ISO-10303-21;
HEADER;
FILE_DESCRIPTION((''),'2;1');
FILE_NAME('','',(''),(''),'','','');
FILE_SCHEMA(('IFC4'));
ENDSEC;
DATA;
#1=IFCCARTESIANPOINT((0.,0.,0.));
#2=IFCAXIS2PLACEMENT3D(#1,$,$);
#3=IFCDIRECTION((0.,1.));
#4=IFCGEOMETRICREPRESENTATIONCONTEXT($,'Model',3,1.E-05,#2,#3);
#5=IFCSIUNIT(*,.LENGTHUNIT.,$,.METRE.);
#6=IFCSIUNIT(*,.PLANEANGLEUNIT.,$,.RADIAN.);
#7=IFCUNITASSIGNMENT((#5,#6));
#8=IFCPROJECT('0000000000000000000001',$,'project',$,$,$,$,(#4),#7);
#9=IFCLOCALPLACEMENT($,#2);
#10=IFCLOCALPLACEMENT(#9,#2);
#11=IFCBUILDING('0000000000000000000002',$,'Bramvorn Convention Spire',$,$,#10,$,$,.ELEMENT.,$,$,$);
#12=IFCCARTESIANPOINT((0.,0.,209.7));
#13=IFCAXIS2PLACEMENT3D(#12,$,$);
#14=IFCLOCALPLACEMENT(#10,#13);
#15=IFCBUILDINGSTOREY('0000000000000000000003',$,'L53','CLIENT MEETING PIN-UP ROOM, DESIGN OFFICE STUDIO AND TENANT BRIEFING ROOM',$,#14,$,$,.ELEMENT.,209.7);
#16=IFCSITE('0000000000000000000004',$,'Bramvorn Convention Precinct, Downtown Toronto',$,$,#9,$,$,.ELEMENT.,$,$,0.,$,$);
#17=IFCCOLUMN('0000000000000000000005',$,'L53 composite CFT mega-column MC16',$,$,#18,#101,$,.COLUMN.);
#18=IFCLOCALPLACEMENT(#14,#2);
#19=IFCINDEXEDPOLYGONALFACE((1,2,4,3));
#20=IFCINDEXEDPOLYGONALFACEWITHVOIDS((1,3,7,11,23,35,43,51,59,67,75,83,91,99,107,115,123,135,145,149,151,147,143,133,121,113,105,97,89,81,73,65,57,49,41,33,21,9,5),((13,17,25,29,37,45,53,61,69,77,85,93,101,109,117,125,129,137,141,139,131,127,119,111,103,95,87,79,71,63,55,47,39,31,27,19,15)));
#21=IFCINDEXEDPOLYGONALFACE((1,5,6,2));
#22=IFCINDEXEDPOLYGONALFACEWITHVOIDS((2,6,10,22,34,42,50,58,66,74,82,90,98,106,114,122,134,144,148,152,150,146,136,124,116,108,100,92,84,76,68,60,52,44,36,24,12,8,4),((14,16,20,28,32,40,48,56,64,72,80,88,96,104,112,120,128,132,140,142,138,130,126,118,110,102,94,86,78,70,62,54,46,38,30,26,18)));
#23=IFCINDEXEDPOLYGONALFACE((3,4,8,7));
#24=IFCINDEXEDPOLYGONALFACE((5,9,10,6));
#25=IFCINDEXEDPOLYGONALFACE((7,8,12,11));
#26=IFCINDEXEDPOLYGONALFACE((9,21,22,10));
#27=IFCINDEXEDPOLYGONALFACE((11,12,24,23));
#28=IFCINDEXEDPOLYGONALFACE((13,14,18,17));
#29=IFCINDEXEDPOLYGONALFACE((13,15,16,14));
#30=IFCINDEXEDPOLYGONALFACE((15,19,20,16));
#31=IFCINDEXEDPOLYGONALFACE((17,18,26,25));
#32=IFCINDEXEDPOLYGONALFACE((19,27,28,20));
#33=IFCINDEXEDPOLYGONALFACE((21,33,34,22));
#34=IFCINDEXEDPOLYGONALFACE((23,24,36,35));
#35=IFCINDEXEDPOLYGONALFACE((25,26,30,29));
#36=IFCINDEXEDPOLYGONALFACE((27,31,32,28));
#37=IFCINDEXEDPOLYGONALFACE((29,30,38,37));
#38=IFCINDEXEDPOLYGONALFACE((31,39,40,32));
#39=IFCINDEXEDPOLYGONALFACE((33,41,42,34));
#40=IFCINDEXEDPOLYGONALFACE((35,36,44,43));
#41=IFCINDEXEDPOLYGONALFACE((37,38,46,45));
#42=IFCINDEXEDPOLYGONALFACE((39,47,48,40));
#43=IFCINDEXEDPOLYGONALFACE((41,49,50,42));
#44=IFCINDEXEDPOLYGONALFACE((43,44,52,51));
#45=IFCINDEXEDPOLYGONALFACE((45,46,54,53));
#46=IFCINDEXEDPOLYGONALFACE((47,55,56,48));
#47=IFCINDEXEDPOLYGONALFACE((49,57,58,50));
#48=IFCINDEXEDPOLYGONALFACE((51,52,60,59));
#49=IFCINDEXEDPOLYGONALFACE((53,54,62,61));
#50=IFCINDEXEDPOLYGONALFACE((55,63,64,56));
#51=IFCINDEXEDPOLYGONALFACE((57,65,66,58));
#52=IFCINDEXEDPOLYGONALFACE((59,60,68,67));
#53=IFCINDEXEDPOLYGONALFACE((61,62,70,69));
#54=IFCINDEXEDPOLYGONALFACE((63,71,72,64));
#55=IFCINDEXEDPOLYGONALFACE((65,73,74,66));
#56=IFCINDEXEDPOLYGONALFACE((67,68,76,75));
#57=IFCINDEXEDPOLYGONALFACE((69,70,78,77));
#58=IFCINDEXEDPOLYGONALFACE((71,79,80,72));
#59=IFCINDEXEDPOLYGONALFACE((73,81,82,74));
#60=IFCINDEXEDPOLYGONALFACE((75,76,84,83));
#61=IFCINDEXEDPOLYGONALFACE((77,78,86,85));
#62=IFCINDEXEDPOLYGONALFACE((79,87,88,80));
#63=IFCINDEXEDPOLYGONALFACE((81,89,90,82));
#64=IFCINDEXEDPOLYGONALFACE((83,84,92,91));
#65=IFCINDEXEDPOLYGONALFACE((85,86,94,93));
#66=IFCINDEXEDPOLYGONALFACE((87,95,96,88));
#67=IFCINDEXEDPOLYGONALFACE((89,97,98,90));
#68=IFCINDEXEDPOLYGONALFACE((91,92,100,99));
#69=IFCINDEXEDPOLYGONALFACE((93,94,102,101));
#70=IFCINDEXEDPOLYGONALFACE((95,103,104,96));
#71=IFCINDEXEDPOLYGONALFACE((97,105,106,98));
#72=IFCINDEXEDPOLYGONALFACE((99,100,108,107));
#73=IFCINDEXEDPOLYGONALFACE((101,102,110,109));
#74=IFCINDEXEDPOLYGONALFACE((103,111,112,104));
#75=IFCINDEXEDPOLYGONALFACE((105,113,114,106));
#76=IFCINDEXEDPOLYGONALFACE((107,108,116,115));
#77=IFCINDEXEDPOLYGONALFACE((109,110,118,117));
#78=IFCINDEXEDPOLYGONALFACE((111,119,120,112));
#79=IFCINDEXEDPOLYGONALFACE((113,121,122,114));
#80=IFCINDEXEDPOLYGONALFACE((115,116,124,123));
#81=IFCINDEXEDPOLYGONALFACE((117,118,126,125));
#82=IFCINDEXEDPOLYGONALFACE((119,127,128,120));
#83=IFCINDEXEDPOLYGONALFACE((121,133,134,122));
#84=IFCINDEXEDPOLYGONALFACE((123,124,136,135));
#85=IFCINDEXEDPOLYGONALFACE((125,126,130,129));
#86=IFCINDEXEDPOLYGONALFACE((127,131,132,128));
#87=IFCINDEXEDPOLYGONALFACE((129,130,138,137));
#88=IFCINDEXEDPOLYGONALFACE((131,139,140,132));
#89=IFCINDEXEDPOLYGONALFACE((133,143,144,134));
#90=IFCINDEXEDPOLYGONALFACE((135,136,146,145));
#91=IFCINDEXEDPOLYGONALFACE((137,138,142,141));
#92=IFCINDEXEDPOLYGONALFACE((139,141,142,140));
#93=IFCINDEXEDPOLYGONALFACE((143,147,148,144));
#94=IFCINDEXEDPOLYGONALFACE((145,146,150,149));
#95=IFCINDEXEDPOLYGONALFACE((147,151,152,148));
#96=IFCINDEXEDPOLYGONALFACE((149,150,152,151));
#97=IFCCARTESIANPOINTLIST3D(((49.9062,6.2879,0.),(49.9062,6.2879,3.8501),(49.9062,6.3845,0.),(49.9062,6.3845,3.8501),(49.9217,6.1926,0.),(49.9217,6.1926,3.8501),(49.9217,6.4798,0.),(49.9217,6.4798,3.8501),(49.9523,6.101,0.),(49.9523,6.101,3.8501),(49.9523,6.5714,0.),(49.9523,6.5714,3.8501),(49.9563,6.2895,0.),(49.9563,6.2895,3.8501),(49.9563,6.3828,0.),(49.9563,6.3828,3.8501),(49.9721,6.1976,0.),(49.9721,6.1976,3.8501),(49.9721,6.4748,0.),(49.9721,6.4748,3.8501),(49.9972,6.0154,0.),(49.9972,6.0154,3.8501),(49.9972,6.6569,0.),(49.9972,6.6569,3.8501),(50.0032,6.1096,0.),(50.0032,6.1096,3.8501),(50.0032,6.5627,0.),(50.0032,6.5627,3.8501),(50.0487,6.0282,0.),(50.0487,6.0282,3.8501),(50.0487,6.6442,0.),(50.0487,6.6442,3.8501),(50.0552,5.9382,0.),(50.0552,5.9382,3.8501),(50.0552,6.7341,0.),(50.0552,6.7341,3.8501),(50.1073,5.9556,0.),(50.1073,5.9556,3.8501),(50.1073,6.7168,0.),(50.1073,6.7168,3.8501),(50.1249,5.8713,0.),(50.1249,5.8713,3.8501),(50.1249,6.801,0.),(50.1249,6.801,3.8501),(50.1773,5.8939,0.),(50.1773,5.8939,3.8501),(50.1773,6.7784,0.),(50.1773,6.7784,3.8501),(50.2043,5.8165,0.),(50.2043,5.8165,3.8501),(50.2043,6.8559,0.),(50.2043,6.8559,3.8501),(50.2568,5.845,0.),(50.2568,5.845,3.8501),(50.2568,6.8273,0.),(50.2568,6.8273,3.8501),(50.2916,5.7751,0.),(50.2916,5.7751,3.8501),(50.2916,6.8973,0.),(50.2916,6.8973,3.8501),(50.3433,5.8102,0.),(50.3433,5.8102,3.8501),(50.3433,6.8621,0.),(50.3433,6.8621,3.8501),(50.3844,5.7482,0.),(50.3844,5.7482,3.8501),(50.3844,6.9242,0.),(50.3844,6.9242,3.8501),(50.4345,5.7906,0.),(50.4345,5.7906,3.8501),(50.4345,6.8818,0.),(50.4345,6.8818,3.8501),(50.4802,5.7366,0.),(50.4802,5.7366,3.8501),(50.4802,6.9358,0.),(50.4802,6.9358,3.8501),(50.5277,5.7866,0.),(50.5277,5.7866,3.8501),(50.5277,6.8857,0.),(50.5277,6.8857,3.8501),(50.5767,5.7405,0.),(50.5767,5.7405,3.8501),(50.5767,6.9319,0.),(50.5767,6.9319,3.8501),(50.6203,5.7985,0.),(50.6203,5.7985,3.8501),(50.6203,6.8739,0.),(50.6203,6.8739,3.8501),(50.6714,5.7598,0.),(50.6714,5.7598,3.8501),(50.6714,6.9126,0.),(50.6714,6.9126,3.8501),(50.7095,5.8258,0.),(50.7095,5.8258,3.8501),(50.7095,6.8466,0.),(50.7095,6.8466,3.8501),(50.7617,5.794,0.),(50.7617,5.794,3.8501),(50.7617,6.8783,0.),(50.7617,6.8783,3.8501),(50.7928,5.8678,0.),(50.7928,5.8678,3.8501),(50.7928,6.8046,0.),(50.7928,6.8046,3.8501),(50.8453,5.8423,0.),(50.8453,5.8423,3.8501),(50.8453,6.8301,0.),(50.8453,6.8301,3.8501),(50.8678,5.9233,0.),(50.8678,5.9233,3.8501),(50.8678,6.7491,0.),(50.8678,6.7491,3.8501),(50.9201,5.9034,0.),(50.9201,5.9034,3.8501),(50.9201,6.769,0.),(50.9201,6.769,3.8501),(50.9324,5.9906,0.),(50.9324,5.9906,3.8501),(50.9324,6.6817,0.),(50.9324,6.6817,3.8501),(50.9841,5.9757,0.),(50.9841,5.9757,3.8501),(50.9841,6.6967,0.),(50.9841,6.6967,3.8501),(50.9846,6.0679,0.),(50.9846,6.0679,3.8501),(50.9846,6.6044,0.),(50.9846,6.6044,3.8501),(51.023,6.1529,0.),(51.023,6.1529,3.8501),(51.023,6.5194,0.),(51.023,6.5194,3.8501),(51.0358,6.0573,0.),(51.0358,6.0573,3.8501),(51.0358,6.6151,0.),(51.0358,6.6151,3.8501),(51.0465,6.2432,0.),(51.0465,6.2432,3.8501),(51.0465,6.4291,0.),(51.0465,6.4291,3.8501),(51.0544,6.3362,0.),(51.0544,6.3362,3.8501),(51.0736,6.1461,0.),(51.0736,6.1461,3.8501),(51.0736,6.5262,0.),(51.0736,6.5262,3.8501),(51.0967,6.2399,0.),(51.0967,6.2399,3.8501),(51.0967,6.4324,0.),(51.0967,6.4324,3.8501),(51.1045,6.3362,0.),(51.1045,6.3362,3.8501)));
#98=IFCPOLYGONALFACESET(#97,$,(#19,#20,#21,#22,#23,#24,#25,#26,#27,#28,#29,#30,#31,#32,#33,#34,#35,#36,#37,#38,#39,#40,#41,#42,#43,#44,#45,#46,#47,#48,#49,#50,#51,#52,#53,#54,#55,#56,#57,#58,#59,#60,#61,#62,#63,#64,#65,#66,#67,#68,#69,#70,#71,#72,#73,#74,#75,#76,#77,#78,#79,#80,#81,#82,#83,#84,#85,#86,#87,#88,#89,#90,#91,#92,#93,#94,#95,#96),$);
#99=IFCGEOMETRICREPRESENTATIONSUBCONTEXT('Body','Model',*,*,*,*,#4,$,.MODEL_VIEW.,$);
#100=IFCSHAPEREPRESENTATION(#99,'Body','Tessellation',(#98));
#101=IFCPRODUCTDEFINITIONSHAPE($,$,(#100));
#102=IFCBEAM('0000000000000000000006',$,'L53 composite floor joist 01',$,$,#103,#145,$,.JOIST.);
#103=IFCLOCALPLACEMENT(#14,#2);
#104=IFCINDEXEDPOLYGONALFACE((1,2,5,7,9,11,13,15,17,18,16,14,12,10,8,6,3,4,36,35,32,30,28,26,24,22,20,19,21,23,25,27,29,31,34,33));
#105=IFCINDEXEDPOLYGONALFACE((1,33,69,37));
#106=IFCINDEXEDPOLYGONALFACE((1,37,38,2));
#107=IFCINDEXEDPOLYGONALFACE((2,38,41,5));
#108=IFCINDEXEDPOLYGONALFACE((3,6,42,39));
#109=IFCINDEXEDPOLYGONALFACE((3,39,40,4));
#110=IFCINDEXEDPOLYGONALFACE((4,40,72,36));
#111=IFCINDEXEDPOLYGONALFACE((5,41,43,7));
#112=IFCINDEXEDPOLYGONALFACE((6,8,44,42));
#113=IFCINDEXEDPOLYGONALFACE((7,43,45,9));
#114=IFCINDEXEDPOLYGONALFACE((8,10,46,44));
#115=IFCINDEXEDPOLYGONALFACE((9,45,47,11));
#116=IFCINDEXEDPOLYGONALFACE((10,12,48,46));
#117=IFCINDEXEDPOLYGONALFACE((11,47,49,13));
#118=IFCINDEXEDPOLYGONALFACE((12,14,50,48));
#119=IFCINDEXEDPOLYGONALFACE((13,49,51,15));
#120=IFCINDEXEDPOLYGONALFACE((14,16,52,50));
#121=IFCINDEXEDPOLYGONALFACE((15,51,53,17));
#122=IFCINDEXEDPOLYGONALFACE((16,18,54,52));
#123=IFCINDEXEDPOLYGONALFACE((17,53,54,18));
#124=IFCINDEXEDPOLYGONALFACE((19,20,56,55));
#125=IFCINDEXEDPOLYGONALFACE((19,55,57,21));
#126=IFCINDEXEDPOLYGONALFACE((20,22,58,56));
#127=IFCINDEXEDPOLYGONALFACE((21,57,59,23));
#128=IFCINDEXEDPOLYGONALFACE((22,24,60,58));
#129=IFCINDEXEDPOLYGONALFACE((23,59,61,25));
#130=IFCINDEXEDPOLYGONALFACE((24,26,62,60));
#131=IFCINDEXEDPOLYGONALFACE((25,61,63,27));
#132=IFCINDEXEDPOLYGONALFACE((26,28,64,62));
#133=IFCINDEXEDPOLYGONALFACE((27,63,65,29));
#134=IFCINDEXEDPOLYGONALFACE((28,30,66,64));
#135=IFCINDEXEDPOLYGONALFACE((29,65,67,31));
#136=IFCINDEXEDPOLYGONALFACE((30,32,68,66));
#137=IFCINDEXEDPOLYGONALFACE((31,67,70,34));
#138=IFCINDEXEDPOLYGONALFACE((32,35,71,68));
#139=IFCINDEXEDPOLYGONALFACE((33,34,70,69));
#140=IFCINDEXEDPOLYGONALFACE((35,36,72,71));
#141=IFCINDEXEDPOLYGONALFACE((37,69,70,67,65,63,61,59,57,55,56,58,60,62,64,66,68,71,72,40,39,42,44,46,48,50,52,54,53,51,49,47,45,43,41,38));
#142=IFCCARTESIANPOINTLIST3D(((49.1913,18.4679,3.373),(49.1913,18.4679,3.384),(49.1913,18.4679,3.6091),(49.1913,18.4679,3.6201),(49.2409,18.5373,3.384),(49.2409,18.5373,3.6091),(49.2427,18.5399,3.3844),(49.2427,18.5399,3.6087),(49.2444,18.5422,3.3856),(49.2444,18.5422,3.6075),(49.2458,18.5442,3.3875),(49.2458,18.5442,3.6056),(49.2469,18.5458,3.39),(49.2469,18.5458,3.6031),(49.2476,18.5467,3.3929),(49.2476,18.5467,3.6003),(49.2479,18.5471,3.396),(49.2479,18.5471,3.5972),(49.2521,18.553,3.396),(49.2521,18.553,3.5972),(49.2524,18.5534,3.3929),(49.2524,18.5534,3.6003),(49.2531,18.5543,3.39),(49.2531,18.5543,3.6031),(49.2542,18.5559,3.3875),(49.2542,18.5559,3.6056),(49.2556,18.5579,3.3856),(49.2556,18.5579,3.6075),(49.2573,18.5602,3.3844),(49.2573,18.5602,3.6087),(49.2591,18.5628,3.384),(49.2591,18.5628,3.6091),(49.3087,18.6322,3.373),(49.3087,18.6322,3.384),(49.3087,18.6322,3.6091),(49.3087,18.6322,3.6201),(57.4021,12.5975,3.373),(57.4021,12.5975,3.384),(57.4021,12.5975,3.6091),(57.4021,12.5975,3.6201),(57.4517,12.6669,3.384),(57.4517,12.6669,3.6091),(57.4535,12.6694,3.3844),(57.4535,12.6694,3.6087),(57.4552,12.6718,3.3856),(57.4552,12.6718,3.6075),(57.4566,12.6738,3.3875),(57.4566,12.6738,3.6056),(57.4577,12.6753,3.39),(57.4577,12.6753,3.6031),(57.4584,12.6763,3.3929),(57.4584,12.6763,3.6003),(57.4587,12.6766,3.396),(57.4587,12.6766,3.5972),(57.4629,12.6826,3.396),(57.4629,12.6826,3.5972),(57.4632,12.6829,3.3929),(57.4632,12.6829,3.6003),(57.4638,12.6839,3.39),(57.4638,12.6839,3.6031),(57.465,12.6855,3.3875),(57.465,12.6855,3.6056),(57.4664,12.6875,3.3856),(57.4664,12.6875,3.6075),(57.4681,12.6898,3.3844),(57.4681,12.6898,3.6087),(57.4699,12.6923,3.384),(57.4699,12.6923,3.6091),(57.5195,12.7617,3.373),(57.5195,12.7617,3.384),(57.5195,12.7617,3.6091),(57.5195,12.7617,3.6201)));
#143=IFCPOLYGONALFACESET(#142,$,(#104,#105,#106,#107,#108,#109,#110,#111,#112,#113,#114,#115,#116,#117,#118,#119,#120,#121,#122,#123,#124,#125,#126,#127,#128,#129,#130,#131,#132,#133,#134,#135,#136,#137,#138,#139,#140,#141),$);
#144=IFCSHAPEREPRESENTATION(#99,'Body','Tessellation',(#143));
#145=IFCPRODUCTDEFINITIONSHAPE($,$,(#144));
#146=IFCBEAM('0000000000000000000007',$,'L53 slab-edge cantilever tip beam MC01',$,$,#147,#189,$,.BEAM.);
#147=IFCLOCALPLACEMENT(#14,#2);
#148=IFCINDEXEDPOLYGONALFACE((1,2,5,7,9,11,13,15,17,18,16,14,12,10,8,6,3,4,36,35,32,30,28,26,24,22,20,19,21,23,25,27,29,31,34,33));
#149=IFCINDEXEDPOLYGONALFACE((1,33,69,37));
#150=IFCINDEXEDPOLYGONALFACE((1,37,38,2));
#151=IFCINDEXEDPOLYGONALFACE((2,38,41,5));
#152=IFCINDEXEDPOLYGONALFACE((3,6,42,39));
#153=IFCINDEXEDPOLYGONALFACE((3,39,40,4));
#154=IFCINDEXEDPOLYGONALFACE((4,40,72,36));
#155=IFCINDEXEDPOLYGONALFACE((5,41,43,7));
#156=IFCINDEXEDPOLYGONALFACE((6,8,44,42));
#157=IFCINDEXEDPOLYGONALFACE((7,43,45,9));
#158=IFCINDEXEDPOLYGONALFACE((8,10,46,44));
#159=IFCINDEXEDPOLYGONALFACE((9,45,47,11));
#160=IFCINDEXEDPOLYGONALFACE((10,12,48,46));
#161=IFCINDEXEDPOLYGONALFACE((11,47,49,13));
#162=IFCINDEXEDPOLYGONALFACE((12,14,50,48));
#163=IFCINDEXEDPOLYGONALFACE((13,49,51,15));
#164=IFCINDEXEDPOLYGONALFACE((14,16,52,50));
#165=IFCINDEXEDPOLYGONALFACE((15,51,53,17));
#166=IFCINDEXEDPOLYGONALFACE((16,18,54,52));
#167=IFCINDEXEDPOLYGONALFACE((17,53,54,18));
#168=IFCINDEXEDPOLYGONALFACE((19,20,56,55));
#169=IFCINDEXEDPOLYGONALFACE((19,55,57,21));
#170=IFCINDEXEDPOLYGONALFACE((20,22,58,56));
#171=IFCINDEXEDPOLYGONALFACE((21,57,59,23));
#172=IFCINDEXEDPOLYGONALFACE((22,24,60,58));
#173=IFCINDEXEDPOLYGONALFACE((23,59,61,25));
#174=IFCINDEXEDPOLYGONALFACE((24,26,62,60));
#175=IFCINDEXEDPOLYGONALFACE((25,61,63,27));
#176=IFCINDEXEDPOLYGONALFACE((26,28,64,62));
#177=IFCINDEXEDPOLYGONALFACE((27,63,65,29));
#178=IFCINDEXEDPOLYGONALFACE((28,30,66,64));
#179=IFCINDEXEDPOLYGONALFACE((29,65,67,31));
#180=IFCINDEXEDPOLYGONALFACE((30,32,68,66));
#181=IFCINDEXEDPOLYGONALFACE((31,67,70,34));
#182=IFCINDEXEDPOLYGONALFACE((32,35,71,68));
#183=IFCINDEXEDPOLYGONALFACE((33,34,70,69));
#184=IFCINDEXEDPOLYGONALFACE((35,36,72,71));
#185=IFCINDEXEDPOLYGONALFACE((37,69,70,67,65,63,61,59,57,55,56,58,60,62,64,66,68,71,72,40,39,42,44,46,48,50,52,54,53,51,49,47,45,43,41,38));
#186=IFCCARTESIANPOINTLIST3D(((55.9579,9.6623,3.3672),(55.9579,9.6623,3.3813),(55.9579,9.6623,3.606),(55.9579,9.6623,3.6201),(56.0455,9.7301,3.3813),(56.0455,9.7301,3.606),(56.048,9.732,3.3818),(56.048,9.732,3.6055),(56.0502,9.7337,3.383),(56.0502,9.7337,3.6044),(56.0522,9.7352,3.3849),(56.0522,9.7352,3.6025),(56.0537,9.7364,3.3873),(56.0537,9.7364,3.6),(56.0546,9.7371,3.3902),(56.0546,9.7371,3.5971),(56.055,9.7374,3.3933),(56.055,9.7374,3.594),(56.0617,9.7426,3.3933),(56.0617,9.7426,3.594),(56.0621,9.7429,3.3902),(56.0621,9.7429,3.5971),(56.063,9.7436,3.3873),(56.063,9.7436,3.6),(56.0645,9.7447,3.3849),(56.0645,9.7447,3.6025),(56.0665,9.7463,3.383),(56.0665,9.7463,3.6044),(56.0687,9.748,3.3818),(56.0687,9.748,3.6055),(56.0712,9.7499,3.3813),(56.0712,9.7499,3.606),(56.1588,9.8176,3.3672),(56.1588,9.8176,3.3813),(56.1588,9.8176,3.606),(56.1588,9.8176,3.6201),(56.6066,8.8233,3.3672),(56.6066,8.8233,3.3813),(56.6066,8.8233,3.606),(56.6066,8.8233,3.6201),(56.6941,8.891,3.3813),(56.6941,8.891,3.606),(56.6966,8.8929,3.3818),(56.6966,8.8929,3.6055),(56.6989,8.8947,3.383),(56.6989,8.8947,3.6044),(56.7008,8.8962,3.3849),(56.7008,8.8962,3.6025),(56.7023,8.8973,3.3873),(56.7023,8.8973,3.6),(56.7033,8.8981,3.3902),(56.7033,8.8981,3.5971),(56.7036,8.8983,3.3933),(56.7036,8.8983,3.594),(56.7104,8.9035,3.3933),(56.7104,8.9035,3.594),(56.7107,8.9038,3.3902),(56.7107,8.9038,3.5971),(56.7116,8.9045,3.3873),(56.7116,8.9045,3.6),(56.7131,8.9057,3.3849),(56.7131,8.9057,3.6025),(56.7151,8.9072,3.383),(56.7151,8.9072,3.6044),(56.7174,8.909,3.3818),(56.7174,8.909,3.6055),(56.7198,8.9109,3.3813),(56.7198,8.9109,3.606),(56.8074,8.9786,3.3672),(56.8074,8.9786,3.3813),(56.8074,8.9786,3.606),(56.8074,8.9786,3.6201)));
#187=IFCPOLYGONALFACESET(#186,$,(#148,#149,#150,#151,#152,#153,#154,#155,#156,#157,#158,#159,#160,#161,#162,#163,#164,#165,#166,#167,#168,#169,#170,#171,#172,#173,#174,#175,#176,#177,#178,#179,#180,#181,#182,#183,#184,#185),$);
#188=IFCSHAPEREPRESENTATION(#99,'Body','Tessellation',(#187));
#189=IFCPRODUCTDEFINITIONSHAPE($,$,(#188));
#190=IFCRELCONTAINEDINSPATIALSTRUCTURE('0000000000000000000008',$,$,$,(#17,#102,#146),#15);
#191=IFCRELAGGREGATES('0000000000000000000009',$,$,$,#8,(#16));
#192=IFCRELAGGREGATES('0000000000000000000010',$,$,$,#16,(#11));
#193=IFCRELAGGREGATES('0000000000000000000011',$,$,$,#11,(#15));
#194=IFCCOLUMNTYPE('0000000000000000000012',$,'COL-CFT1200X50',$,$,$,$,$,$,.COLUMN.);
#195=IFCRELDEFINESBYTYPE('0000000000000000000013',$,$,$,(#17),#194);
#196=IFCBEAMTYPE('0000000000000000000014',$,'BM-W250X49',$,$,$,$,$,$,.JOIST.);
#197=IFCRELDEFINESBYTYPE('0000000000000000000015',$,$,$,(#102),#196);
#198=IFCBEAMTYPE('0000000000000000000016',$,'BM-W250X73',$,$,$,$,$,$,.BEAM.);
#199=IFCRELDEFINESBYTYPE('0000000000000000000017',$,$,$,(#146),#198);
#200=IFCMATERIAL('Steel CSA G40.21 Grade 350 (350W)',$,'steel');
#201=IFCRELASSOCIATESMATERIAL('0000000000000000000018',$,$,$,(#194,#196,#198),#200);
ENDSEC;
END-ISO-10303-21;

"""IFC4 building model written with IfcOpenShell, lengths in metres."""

from ifc_helpers import new_model, si_unit, direction, frame, origin, origin_2d, place, context, subcontext, project, spatial, hollow_circle, i_section, extrude, material, material_profile, profile_set, type_object, element, save


model = new_model("IFC4")

# Units and contexts
model_context = context("Model", 3, precision=1e-05, world=origin(), true_north=direction((0.0, 1.0)))
body_context = subcontext(model_context, "Body", "Model", "MODEL_VIEW")
ifc_project = project(units=[si_unit("LENGTHUNIT", "METRE"), si_unit("PLANEANGLEUNIT", "RADIAN")], contexts=[model_context])

# Site, building, storey
site_placement = place(None, origin())
site = spatial("IfcSite", under=ifc_project, at=site_placement, Name="Bramvorn Convention Precinct, Downtown Toronto", CompositionType="ELEMENT", RefElevation=0.0)
building_placement = place(site_placement, origin())
building = spatial("IfcBuilding", under=site, at=building_placement, Name="Bramvorn Convention Spire", CompositionType="ELEMENT")
storey_placement = place(building_placement, frame((0.0, 0.0, 209.7)))
storey = spatial("IfcBuildingStorey", under=building, at=storey_placement, Name="L53", Description="CLIENT MEETING PIN-UP ROOM, DESIGN OFFICE STUDIO AND TENANT BRIEFING ROOM", CompositionType="ELEMENT", Elevation=209.7)

# Column
ifc_material_1 = material(Name="Steel CSA G40.21 Grade 350 (350W)", Category="steel")
ifc_material_profile_1 = material_profile(ifc_material_1, hollow_circle(Radius=0.6001, WallThickness=0.05, at=origin_2d()))
ifc_profile_set_1 = profile_set([ifc_material_profile_1], Name="Steel CSA G40.21 Grade 350 (350W) - CFT1200X50")
column_type = type_object("IfcColumnType", Name="COL-CFT1200X50", PredefinedType="COLUMN", material=ifc_profile_set_1)
for number, where, z_axis, x_axis, name in (
    (1, (50.5044, 6.3362, 0.0), (0.0, 0.0, 1.0), (1.0, 0.0, 0.0), "L53 composite CFT mega-column MC16"),
):
    element("IfcColumn", number, at=place(storey_placement, frame(where, z_axis=z_axis, x_axis=x_axis)), inside=storey, type_object=column_type, Name=name, PredefinedType="COLUMN", context=body_context, shape_type="SweptSolid", body=[
        extrude(hollow_circle(Radius=0.6001, WallThickness=0.05, at=origin_2d()), origin(), (0.0, 0.0, 1.0), 3.8501),
    ])

# Beams
ifc_material_profile_2 = material_profile(ifc_material_1, i_section(OverallWidth=0.2019, OverallDepth=0.2471, WebThickness=0.0073, FlangeThickness=0.011, FilletRadius=0.012, at=origin_2d()))
ifc_profile_set_2 = profile_set([ifc_material_profile_2], Name="Steel CSA G40.21 Grade 350 (350W) - W250X49")
beam_type_1 = type_object("IfcBeamType", Name="BM-W250X49", PredefinedType="JOIST", material=ifc_profile_set_2)
beam_1_placement = place(storey_placement, frame((49.25, 18.55, 3.4966), z_axis=(0.813472, -0.581604, 0.0), x_axis=(0.581604, 0.813472, 0.0)))
element("IfcBeam", 2, at=beam_1_placement, inside=storey, type_object=beam_type_1, Name="L53 composite floor joist 01", PredefinedType="JOIST", context=body_context, shape_type="SweptSolid", body=[
    extrude(i_section(OverallWidth=0.2019, OverallDepth=0.2471, WebThickness=0.0073, FlangeThickness=0.011, FilletRadius=0.012, at=origin_2d()), origin(), (0.0, 0.0, 1.0), 10.0935),
])
ifc_material_profile_3 = material_profile(ifc_material_1, i_section(OverallWidth=0.2539, OverallDepth=0.2529, WebThickness=0.0085, FlangeThickness=0.0142, FilletRadius=0.012, at=origin_2d()))
ifc_profile_set_3 = profile_set([ifc_material_profile_3], Name="Steel CSA G40.21 Grade 350 (350W) - W250X73")
beam_type_2 = type_object("IfcBeamType", Name="BM-W250X73", PredefinedType="BEAM", material=ifc_profile_set_3)
beam_2_placement = place(storey_placement, frame((56.0583, 9.74, 3.4937), z_axis=(0.611611, -0.791158, 0.0), x_axis=(0.791158, 0.611611, 0.0)))
element("IfcBeam", 3, at=beam_2_placement, inside=storey, type_object=beam_type_2, Name="L53 slab-edge cantilever tip beam MC01", PredefinedType="BEAM", context=body_context, shape_type="SweptSolid", body=[
    extrude(i_section(OverallWidth=0.2539, OverallDepth=0.2529, WebThickness=0.0085, FlangeThickness=0.0142, FilletRadius=0.012, at=origin_2d()), origin(), (0.0, 0.0, 1.0), 1.0605),
])

save(model, "model.ifc")
